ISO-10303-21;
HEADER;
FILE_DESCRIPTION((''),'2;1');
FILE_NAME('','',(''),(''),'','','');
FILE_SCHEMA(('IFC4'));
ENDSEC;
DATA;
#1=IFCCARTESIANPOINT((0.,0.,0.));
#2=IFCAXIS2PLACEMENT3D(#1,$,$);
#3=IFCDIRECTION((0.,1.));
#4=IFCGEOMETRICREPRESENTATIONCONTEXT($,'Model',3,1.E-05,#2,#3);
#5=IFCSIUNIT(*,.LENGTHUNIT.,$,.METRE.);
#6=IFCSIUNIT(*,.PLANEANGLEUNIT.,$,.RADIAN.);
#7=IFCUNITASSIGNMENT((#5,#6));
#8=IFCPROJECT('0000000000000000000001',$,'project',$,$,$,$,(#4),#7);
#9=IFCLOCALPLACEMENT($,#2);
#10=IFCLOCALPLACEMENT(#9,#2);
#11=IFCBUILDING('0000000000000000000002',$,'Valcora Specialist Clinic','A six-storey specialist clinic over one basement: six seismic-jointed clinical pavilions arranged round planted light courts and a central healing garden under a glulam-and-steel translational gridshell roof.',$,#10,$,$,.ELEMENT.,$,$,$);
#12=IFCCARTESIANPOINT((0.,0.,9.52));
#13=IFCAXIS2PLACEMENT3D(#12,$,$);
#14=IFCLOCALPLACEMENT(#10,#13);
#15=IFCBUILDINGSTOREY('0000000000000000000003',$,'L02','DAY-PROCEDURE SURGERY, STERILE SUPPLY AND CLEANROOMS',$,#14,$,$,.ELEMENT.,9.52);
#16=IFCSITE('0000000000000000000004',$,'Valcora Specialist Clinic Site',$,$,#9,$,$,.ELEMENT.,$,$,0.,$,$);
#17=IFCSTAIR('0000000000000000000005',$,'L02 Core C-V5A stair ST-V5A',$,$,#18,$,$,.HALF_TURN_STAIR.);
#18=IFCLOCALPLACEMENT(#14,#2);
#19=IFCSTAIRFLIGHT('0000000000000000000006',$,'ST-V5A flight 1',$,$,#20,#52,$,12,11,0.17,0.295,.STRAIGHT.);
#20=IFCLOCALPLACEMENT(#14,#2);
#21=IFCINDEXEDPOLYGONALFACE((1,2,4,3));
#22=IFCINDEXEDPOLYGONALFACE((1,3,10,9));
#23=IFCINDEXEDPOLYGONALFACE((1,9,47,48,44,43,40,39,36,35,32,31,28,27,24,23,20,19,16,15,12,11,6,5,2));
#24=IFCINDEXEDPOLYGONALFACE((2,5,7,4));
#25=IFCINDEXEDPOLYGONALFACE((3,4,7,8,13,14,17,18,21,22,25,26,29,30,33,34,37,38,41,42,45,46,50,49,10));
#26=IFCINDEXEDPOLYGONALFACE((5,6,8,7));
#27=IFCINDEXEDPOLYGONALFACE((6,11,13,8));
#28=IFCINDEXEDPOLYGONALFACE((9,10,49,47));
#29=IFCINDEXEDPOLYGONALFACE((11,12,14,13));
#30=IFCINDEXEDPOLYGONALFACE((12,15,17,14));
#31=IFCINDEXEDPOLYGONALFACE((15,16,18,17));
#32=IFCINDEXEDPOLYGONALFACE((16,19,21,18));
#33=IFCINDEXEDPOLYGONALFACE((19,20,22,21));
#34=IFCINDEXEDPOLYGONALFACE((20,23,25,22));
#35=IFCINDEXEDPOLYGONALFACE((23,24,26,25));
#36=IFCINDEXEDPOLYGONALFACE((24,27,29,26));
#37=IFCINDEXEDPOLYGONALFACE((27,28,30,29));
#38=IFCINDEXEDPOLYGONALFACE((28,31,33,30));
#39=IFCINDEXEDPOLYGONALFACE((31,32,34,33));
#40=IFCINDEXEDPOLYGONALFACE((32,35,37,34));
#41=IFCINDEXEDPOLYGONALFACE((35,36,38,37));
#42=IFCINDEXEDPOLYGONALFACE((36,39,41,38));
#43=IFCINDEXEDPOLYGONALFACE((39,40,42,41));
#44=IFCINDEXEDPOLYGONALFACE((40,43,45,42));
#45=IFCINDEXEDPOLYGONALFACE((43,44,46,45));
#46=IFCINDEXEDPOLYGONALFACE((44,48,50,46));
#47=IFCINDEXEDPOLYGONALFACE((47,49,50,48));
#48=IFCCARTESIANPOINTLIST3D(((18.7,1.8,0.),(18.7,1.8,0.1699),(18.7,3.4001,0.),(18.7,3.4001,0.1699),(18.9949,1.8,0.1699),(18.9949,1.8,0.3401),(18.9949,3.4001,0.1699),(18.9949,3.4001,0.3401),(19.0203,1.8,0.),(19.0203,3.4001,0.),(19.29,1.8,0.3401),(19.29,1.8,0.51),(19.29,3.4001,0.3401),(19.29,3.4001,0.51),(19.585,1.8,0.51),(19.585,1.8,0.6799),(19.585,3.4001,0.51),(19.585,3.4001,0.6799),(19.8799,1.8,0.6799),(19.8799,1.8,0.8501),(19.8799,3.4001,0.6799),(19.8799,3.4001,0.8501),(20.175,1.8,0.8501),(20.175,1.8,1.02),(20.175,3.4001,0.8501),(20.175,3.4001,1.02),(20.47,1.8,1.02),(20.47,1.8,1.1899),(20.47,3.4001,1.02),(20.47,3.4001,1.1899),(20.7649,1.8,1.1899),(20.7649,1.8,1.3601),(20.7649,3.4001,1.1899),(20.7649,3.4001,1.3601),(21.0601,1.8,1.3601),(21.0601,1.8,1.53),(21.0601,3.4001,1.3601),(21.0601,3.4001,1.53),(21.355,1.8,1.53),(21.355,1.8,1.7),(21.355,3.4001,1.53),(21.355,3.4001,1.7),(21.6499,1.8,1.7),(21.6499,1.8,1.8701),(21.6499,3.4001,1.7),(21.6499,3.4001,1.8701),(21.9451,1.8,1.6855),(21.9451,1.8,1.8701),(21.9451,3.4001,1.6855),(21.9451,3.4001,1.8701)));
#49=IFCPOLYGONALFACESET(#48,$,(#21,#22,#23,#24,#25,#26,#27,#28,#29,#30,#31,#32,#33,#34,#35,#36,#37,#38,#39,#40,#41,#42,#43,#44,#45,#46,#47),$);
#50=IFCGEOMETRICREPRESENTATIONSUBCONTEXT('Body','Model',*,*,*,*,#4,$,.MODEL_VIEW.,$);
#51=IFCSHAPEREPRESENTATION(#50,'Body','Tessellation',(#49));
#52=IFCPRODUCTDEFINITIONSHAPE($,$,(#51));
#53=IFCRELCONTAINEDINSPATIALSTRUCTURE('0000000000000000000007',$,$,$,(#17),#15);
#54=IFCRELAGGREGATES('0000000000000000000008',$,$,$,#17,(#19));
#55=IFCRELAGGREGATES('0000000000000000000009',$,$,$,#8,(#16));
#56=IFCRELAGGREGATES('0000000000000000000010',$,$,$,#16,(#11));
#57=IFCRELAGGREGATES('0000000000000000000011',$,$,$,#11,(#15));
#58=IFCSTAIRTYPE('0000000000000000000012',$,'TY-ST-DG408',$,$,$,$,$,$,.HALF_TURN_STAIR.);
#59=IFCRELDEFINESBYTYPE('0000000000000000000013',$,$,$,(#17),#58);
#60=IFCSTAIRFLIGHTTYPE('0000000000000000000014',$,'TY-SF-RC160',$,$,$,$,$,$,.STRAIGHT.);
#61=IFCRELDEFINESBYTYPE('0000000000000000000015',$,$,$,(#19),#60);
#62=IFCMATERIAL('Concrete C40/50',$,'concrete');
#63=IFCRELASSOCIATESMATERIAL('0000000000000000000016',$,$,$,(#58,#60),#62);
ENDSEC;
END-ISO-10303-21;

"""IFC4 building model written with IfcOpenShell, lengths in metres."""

from ifc_helpers import new_model, si_unit, direction, frame, origin, place, context, subcontext, project, spatial, polyline, outline, extrude, material, type_object, element, aggregate, save


model = new_model("IFC4")

# Units and contexts
model_context = context("Model", 3, precision=1e-05, world=origin(), true_north=direction((0.0, 1.0)))
body_context = subcontext(model_context, "Body", "Model", "MODEL_VIEW")
ifc_project = project(units=[si_unit("LENGTHUNIT", "METRE"), si_unit("PLANEANGLEUNIT", "RADIAN")], contexts=[model_context])

# Site, building, storey
site_placement = place(None, origin())
site = spatial("IfcSite", under=ifc_project, at=site_placement, Name="Valcora Specialist Clinic Site", CompositionType="ELEMENT", RefElevation=0.0)
building_placement = place(site_placement, origin())
building = spatial("IfcBuilding", under=site, at=building_placement, Name="Valcora Specialist Clinic", Description="A six-storey specialist clinic over one basement: six seismic-jointed clinical pavilions arranged round planted light courts and a central healing garden under a glulam-and-steel translational gridshell roof.", CompositionType="ELEMENT")
storey_placement = place(building_placement, frame((0.0, 0.0, 9.52)))
storey = spatial("IfcBuildingStorey", under=building, at=storey_placement, Name="L02", Description="DAY-PROCEDURE SURGERY, STERILE SUPPLY AND CLEANROOMS", CompositionType="ELEMENT", Elevation=9.52)

# Shared definitions
ifc_material_1 = material(Name="Concrete C40/50", Category="concrete")

# Stair, stair flight
stair_type = type_object("IfcStairType", Name="TY-ST-DG408", PredefinedType="HALF_TURN_STAIR", material=ifc_material_1)
stair_placement = place(storey_placement, origin())
stair = element("IfcStair", 1, at=stair_placement, inside=storey, type_object=stair_type, Name="L02 Core C-V5A stair ST-V5A", PredefinedType="HALF_TURN_STAIR")
stair_flight_type = type_object("IfcStairFlightType", Name="TY-SF-RC160", PredefinedType="STRAIGHT", material=ifc_material_1)
stair_flight_placement = place(storey_placement, frame((18.7, 2.6001, 0.0), z_axis=(0.0, 0.0, 1.0), x_axis=(1.0, 0.0, 0.0)))
stair_flight = element("IfcStairFlight", 2, at=stair_flight_placement, type_object=stair_flight_type, Name="ST-V5A flight 1", NumberOfRisers=12, NumberOfTreads=11, PredefinedType="STRAIGHT", RiserHeight=0.17, TreadLength=0.295, context=body_context, shape_type="SweptSolid", body=[
    extrude(outline(polyline([(0.0, 0.0), (0.0, 0.1699), (0.2949, 0.1699), (0.2949, 0.3401), (0.5901, 0.3401), (0.5901, 0.51), (0.885, 0.51), (0.885, 0.6799), (1.1799, 0.6799), (1.1799, 0.8501), (1.4751, 0.8501), (1.4751, 1.02), (1.77, 1.02), (1.77, 1.1899), (2.0649, 1.1899), (2.0649, 1.3601), (2.3601, 1.3601), (2.3601, 1.53), (2.655, 1.53), (2.655, 1.7), (2.95, 1.7), (2.95, 1.8701), (3.2451, 1.8701), (3.2451, 2.04), (3.2451, 1.6855), (0.3203, 0.0), (0.0, 0.0)])), frame((0.0, 0.8, 0.0), z_axis=(0.0, -1.0, 0.0), x_axis=(1.0, 0.0, 0.0)), (0.0, 0.0, 1.0), 1.6001),
])
aggregate(stair, [stair_flight])

save(model, "model.ifc")
